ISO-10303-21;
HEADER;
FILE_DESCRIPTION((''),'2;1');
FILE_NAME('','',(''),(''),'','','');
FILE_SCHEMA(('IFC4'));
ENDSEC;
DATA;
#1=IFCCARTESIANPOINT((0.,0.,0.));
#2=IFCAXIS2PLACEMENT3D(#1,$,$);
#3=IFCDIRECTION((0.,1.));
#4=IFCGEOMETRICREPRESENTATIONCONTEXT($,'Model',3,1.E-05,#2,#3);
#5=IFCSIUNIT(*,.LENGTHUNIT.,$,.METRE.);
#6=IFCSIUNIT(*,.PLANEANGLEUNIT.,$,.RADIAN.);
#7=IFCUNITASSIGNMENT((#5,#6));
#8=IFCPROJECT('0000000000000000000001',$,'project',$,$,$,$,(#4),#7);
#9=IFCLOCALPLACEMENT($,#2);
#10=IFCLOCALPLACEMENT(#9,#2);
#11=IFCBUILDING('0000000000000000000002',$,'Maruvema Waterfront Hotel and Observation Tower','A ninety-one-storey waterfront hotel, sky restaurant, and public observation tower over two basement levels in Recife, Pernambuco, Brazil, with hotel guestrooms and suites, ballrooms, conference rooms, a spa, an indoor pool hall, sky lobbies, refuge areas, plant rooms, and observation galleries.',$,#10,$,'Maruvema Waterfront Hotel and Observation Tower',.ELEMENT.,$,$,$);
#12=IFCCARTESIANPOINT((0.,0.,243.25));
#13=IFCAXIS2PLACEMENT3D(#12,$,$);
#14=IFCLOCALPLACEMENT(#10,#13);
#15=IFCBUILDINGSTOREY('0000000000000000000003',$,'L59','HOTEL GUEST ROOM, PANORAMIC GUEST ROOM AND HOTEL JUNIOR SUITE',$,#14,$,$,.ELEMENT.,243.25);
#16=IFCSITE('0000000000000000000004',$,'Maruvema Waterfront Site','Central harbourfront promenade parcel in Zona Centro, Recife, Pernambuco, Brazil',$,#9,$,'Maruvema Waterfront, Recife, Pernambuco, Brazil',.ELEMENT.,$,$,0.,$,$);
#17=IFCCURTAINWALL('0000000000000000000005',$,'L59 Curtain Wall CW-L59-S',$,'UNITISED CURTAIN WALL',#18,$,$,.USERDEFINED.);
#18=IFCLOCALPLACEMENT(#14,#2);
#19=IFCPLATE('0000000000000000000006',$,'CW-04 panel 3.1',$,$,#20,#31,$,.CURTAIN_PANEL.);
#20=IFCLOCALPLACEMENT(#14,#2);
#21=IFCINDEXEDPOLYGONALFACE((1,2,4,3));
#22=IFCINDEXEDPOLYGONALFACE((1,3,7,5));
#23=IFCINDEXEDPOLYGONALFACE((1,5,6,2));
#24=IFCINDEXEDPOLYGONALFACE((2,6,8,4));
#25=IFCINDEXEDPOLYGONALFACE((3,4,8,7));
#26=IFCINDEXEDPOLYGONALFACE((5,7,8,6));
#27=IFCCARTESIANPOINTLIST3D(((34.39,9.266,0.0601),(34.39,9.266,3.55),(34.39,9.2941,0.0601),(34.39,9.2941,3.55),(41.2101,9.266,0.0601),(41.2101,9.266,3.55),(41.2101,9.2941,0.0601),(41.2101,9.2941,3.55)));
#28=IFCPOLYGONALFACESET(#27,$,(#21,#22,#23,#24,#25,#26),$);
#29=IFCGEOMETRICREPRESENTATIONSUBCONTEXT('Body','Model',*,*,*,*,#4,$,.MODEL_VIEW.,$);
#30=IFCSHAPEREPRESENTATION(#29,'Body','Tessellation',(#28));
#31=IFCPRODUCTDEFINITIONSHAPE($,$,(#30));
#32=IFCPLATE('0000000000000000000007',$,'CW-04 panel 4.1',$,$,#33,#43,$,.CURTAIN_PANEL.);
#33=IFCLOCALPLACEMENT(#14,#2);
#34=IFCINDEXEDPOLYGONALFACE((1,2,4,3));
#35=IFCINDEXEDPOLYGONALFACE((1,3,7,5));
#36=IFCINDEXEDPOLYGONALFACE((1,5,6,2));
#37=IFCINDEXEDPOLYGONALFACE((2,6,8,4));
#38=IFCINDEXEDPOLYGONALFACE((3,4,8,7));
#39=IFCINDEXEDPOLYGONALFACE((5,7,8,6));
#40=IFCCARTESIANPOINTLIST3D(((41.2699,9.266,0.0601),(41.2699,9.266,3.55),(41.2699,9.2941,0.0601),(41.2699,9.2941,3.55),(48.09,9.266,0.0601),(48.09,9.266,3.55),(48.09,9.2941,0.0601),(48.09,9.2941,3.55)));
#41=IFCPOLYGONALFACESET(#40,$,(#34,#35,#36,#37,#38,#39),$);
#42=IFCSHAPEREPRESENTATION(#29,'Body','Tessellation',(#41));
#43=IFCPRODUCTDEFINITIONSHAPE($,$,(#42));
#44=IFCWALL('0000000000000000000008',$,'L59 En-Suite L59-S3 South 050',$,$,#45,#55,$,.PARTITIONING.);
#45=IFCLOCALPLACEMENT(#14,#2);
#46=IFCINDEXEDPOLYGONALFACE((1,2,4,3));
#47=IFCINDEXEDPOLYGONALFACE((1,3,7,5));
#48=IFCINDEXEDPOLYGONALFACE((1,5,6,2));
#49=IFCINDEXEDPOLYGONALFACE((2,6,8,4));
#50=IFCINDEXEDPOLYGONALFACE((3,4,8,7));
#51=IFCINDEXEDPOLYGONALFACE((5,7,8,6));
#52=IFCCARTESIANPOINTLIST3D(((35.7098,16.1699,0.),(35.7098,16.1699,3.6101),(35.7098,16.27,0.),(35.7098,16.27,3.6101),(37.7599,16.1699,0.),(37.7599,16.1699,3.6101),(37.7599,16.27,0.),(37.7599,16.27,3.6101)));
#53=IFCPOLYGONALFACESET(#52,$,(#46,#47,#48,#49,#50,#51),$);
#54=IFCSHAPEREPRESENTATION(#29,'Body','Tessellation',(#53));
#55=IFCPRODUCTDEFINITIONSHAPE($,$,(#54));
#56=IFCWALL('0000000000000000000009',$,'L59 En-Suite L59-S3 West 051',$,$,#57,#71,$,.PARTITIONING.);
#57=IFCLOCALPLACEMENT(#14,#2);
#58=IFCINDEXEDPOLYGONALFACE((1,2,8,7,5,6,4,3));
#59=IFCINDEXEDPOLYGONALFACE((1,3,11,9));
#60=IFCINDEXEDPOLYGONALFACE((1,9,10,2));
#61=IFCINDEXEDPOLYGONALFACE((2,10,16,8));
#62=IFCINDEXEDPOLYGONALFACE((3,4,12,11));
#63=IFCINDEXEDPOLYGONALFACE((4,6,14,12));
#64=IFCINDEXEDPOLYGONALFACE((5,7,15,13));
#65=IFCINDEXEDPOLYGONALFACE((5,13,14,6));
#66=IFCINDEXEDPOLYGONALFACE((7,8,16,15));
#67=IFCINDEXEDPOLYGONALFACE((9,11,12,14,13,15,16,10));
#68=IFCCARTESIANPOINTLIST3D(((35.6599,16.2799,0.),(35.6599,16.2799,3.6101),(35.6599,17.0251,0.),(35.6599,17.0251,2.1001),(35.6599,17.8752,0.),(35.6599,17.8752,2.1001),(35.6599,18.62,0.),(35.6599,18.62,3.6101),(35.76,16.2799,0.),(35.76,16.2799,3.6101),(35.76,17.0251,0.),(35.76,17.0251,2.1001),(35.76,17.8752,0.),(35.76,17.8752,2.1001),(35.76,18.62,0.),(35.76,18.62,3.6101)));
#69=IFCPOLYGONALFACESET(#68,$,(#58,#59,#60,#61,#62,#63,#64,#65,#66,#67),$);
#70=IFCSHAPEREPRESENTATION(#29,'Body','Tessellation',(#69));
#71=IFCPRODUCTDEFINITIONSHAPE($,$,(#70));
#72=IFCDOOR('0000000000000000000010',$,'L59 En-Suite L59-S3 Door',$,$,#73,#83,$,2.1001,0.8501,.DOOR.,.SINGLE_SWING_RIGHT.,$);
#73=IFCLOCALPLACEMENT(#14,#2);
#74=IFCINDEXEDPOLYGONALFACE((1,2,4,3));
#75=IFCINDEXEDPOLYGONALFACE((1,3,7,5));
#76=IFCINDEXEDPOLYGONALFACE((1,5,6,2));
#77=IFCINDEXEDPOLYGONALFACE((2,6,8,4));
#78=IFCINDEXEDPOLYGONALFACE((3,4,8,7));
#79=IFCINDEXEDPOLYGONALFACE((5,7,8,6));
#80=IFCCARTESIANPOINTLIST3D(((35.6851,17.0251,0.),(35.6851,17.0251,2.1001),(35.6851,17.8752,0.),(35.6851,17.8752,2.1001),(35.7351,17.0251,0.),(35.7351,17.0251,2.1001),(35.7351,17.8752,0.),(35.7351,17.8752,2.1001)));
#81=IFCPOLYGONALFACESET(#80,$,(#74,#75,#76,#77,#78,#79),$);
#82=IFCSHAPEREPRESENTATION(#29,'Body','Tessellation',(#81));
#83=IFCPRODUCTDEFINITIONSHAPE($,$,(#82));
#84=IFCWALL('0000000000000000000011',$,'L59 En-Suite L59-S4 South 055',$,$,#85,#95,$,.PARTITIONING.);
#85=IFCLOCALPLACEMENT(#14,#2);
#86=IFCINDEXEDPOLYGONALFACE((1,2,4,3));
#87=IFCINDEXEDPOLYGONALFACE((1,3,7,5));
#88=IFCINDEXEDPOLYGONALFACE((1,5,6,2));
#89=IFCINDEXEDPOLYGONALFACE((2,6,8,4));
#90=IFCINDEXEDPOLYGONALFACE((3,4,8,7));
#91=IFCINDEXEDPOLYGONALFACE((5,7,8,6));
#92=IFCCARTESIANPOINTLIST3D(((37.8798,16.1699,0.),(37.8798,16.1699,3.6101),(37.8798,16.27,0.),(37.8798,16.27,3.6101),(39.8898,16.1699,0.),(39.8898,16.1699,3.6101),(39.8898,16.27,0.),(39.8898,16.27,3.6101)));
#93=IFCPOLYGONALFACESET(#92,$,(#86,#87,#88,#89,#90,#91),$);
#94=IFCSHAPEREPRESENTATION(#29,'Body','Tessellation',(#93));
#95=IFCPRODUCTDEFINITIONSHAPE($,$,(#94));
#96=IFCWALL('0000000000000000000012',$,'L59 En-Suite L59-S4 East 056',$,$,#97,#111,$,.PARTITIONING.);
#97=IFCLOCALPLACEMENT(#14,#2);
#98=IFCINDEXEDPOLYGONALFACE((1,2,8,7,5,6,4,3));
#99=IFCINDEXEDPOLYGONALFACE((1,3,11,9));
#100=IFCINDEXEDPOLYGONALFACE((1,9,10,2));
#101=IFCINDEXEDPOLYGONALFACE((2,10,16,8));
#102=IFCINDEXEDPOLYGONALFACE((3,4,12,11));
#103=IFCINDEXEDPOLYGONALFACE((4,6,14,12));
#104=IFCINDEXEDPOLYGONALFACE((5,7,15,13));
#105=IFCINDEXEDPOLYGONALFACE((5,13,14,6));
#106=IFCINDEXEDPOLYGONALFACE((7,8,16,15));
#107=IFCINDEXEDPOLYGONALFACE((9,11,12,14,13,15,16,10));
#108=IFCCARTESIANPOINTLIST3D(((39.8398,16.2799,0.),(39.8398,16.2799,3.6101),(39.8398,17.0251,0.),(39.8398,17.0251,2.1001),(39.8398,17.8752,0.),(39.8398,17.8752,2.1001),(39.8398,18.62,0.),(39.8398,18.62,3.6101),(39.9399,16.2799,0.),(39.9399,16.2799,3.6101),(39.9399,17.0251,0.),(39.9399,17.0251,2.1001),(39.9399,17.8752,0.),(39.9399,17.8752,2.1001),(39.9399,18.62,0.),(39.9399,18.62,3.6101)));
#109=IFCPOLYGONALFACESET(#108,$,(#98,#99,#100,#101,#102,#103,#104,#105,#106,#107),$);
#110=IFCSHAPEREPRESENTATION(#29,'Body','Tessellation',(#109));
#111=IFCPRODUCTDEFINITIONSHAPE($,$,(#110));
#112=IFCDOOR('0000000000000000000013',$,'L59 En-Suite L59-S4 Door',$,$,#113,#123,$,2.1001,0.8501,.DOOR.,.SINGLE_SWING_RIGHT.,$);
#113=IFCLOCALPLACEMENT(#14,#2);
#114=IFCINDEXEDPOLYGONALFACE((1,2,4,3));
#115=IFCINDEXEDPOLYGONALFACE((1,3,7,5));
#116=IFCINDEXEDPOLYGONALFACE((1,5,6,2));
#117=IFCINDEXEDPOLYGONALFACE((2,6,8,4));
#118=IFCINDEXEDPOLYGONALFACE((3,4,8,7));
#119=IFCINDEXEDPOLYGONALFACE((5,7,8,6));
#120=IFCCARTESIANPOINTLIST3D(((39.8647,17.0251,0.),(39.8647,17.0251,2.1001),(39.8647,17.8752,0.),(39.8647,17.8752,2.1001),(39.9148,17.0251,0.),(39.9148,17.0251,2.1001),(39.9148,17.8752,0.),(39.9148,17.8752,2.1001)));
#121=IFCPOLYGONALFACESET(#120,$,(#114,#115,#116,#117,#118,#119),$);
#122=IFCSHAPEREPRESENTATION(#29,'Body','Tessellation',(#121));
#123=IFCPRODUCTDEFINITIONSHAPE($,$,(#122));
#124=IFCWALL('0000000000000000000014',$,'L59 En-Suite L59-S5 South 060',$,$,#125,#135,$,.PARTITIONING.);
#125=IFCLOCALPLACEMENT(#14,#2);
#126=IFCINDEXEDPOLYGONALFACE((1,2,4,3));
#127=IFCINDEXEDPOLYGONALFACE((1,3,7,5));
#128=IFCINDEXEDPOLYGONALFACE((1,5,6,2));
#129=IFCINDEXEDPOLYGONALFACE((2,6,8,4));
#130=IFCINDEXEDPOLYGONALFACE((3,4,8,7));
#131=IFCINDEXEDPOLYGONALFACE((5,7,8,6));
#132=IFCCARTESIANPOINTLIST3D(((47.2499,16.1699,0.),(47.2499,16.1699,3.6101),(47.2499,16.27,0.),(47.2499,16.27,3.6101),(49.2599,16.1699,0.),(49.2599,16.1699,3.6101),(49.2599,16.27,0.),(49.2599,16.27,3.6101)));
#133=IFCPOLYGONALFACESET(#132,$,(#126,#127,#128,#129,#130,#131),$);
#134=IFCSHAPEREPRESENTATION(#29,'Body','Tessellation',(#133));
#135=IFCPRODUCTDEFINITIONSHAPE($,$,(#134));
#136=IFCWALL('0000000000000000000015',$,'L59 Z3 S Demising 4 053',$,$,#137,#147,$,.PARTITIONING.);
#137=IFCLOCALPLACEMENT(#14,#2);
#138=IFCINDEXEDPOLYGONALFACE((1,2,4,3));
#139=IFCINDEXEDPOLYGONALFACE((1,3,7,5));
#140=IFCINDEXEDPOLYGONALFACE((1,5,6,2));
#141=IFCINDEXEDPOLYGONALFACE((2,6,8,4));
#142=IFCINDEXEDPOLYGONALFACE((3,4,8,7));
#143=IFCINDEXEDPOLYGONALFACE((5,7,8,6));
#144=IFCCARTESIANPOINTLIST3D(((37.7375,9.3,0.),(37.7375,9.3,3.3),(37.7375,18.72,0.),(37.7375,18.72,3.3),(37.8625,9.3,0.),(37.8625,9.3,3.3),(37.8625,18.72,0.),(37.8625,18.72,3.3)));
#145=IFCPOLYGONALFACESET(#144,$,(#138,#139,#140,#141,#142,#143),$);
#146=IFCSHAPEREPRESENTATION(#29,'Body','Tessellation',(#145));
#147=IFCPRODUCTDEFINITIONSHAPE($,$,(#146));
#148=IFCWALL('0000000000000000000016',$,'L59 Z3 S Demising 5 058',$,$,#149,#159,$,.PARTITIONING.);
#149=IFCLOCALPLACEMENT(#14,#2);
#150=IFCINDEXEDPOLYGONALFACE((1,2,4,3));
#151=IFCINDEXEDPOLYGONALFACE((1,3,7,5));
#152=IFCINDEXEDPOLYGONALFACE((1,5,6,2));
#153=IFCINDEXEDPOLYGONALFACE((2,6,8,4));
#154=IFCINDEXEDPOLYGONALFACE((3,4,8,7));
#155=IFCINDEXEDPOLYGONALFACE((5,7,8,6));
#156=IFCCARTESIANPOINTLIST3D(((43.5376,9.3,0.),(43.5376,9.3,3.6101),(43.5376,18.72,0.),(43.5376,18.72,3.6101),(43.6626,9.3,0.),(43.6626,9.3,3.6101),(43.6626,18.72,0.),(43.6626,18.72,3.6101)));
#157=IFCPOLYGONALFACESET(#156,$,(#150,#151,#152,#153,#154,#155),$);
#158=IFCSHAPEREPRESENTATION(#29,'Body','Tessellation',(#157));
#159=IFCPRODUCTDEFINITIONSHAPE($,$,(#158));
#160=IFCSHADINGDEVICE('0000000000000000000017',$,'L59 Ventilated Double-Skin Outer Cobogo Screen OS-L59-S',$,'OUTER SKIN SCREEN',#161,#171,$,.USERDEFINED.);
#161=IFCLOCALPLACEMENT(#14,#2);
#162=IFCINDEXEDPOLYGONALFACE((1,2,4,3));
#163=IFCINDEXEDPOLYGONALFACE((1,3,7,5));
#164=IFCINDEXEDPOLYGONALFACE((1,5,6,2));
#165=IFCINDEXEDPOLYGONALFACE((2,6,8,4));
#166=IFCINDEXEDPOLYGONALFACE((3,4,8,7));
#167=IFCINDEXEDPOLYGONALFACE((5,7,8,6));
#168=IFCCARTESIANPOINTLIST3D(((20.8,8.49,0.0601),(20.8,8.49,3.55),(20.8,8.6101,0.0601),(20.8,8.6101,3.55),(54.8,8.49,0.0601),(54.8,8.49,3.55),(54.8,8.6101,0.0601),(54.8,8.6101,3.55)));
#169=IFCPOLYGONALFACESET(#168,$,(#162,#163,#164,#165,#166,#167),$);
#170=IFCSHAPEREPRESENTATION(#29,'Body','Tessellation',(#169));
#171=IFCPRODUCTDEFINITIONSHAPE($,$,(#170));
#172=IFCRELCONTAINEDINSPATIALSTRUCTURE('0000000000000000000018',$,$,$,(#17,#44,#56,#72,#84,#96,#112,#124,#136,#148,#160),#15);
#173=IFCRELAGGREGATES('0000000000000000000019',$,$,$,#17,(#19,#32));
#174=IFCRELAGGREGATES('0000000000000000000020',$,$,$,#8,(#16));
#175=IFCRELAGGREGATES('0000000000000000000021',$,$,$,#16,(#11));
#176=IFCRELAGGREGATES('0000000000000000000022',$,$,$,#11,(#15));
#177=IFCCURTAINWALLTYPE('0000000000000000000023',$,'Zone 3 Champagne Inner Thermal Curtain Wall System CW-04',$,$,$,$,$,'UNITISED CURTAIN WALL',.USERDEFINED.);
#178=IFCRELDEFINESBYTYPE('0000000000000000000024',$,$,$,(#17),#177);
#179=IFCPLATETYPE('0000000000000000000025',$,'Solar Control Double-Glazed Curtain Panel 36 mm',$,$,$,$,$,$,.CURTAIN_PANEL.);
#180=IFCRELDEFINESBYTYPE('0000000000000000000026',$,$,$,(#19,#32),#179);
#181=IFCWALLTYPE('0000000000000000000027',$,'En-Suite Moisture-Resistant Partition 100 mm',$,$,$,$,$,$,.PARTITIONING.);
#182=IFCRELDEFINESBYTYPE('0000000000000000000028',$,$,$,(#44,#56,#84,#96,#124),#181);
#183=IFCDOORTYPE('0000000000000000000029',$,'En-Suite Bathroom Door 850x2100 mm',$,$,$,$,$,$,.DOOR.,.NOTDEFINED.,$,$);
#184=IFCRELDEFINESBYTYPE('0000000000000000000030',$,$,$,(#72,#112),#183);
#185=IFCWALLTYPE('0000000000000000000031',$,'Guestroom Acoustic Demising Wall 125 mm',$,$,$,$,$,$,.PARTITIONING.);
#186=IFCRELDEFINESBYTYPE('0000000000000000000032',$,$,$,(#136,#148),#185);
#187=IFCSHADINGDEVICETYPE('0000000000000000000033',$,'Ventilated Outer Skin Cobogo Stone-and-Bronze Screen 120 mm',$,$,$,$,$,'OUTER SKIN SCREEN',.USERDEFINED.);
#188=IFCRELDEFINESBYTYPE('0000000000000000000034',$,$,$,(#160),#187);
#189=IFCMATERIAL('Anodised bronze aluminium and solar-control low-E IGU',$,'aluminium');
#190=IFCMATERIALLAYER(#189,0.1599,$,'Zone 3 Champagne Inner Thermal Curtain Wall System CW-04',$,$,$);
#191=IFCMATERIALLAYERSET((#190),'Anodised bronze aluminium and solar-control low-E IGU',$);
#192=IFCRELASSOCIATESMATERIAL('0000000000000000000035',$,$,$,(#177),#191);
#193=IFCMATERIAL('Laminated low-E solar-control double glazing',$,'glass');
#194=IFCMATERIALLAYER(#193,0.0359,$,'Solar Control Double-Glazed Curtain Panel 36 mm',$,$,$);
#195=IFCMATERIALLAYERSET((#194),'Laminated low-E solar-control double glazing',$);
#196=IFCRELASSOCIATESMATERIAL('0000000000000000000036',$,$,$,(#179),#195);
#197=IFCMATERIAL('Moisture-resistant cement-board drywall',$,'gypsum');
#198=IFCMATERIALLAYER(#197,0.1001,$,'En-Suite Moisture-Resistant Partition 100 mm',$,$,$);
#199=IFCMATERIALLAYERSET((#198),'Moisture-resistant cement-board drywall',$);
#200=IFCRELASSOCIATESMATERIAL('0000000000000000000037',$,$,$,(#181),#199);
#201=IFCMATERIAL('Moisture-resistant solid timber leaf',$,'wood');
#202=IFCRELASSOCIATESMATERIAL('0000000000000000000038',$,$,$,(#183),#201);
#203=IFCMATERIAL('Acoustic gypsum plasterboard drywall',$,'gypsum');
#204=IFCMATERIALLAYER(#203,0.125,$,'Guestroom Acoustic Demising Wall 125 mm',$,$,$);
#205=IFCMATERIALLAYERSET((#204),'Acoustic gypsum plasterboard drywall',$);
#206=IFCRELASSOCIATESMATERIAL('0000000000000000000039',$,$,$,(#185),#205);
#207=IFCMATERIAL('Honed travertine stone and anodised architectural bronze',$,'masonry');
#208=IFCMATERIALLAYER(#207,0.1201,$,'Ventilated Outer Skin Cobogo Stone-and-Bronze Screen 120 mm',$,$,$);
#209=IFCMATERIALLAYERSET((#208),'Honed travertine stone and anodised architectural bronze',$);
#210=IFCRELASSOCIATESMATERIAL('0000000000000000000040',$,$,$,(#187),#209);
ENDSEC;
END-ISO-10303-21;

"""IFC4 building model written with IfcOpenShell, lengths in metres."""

from ifc_helpers import new_model, si_unit, direction, frame, frame_2d, origin, origin_2d, place, context, subcontext, project, spatial, rectangle, extrude, material, layer, layer_set, type_object, element, fill, aggregate, save


model = new_model("IFC4")

# Units and contexts
model_context = context("Model", 3, precision=1e-05, world=origin(), true_north=direction((0.0, 1.0)))
body_context = subcontext(model_context, "Body", "Model", "MODEL_VIEW")
ifc_project = project(units=[si_unit("LENGTHUNIT", "METRE"), si_unit("PLANEANGLEUNIT", "RADIAN")], contexts=[model_context])

# Site, building, storey
site_placement = place(None, origin())
site = spatial("IfcSite", under=ifc_project, at=site_placement, Name="Maruvema Waterfront Site", Description="Central harbourfront promenade parcel in Zona Centro, Recife, Pernambuco, Brazil", LongName="Maruvema Waterfront, Recife, Pernambuco, Brazil", CompositionType="ELEMENT", RefElevation=0.0)
building_placement = place(site_placement, origin())
building = spatial("IfcBuilding", under=site, at=building_placement, Name="Maruvema Waterfront Hotel and Observation Tower", Description="A ninety-one-storey waterfront hotel, sky restaurant, and public observation tower over two basement levels in Recife, Pernambuco, Brazil, with hotel guestrooms and suites, ballrooms, conference rooms, a spa, an indoor pool hall, sky lobbies, refuge areas, plant rooms, and observation galleries.", LongName="Maruvema Waterfront Hotel and Observation Tower", CompositionType="ELEMENT")
storey_placement = place(building_placement, frame((0.0, 0.0, 243.25)))
storey = spatial("IfcBuildingStorey", under=building, at=storey_placement, Name="L59", Description="HOTEL GUEST ROOM, PANORAMIC GUEST ROOM AND HOTEL JUNIOR SUITE", CompositionType="ELEMENT", Elevation=243.25)

# Curtain wall
ifc_material_1 = material(Name="Anodised bronze aluminium and solar-control low-E IGU", Category="aluminium")
ifc_layer_1 = layer(ifc_material_1, 0.1599, Name="Zone 3 Champagne Inner Thermal Curtain Wall System CW-04")
ifc_layer_set_1 = layer_set([ifc_layer_1], Name="Anodised bronze aluminium and solar-control low-E IGU")
curtain_wall_type = type_object("IfcCurtainWallType", Name="Zone 3 Champagne Inner Thermal Curtain Wall System CW-04", ElementType="UNITISED CURTAIN WALL", PredefinedType="USERDEFINED", material=ifc_layer_set_1)
curtain_wall_placement = place(storey_placement, origin())
curtain_wall = element("IfcCurtainWall", 1, at=curtain_wall_placement, inside=storey, type_object=curtain_wall_type, Name="L59 Curtain Wall CW-L59-S", ObjectType="UNITISED CURTAIN WALL", PredefinedType="USERDEFINED")

# Plates
ifc_material_2 = material(Name="Laminated low-E solar-control double glazing", Category="glass")
ifc_layer_2 = layer(ifc_material_2, 0.0359, Name="Solar Control Double-Glazed Curtain Panel 36 mm")
ifc_layer_set_2 = layer_set([ifc_layer_2], Name="Laminated low-E solar-control double glazing")
plate_type = type_object("IfcPlateType", Name="Solar Control Double-Glazed Curtain Panel 36 mm", PredefinedType="CURTAIN_PANEL", material=ifc_layer_set_2)
plate_1_placement = place(storey_placement, frame((37.8, 9.28, 0.0601), z_axis=(0.0, 0.0, 1.0), x_axis=(1.0, 0.0, 0.0)))
plate_1 = element("IfcPlate", 2, at=plate_1_placement, type_object=plate_type, Name="CW-04 panel 3.1", PredefinedType="CURTAIN_PANEL", context=body_context, shape_type="SweptSolid", body=[
    extrude(rectangle(XDim=6.8201, YDim=0.0281, at=origin_2d()), origin(), (0.0, 0.0, 1.0), 3.49),
])
plate_2_placement = place(storey_placement, frame((44.6799, 9.28, 0.0601), z_axis=(0.0, 0.0, 1.0), x_axis=(1.0, 0.0, 0.0)))
plate_2 = element("IfcPlate", 3, at=plate_2_placement, type_object=plate_type, Name="CW-04 panel 4.1", PredefinedType="CURTAIN_PANEL", context=body_context, shape_type="SweptSolid", body=[
    extrude(rectangle(XDim=6.8201, YDim=0.0281, at=origin_2d()), origin(), (0.0, 0.0, 1.0), 3.49),
])
aggregate(curtain_wall, [plate_1, plate_2])

# Wall
ifc_material_3 = material(Name="Moisture-resistant cement-board drywall", Category="gypsum")
ifc_layer_3 = layer(ifc_material_3, 0.1001, Name="En-Suite Moisture-Resistant Partition 100 mm")
ifc_layer_set_3 = layer_set([ifc_layer_3], Name="Moisture-resistant cement-board drywall")
wall_type_1 = type_object("IfcWallType", Name="En-Suite Moisture-Resistant Partition 100 mm", PredefinedType="PARTITIONING", material=ifc_layer_set_3)
wall_1_placement = place(storey_placement, frame((35.71, 16.22, 0.0), z_axis=(0.0, 0.0, 1.0), x_axis=(1.0, 0.0, 0.0)))
element("IfcWall", 4, at=wall_1_placement, inside=storey, type_object=wall_type_1, Name="L59 En-Suite L59-S3 South 050", PredefinedType="PARTITIONING", context=body_context, shape_type="SweptSolid", body=[
    extrude(rectangle(XDim=2.05, YDim=0.1001, at=frame_2d((1.0249, 0.0))), origin(), (0.0, 0.0, 1.0), 3.6101),
])

# Wall, opening, door
wall_2_placement = place(storey_placement, frame((35.71, 16.28, 0.0), z_axis=(0.0, 0.0, 1.0), x_axis=(0.0, 1.0, 0.0)))
wall_2 = element("IfcWall", 5, at=wall_2_placement, inside=storey, type_object=wall_type_1, Name="L59 En-Suite L59-S3 West 051", PredefinedType="PARTITIONING", context=body_context, shape_type="SweptSolid", body=[
    extrude(rectangle(XDim=2.3401, YDim=0.1001, at=frame_2d((1.1699, 0.0))), origin(), (0.0, 0.0, 1.0), 3.6101),
])
opening_1_placement = place(wall_2_placement, frame((0.7451, 0.0, 0.0)))
opening_1 = element("IfcOpeningElement", 6, at=opening_1_placement, cuts=wall_2, PredefinedType="OPENING", context=body_context, shape_type="SweptSolid", body=[
    extrude(rectangle(XDim=0.8501, YDim=2.1001, at=frame_2d((0.425, 1.05))), frame((0.0, 0.0601, 0.0), z_axis=(0.0, -1.0, 0.0), x_axis=(1.0, 0.0, 0.0)), (0.0, 0.0, 1.0), 0.1201),
])
ifc_material_4 = material(Name="Moisture-resistant solid timber leaf", Category="wood")
door_type = type_object("IfcDoorType", Name="En-Suite Bathroom Door 850x2100 mm", OperationType="NOTDEFINED", PredefinedType="DOOR", material=ifc_material_4)
door_1_placement = place(opening_1_placement, origin())
door_1 = element("IfcDoor", 7, at=door_1_placement, inside=storey, type_object=door_type, Name="L59 En-Suite L59-S3 Door", OperationType="SINGLE_SWING_RIGHT", OverallHeight=2.1001, OverallWidth=0.8501, PredefinedType="DOOR", context=body_context, shape_type="SweptSolid", body=[
    extrude(rectangle(XDim=0.8501, YDim=2.1001, at=frame_2d((0.425, 1.05))), frame((0.0, 0.0249, 0.0), z_axis=(0.0, -1.0, 0.0), x_axis=(1.0, 0.0, 0.0)), (0.0, 0.0, 1.0), 0.05),
])
fill(opening_1, door_1)

# Wall
wall_3_placement = place(storey_placement, frame((37.8799, 16.22, 0.0), z_axis=(0.0, 0.0, 1.0), x_axis=(1.0, 0.0, 0.0)))
element("IfcWall", 8, at=wall_3_placement, inside=storey, type_object=wall_type_1, Name="L59 En-Suite L59-S4 South 055", PredefinedType="PARTITIONING", context=body_context, shape_type="SweptSolid", body=[
    extrude(rectangle(XDim=2.01, YDim=0.1001, at=frame_2d((1.0049, 0.0))), origin(), (0.0, 0.0, 1.0), 3.6101),
])

# Wall, opening, door
wall_4_placement = place(storey_placement, frame((39.8899, 16.28, 0.0), z_axis=(0.0, 0.0, 1.0), x_axis=(0.0, 1.0, 0.0)))
wall_4 = element("IfcWall", 9, at=wall_4_placement, inside=storey, type_object=wall_type_1, Name="L59 En-Suite L59-S4 East 056", PredefinedType="PARTITIONING", context=body_context, shape_type="SweptSolid", body=[
    extrude(rectangle(XDim=2.3401, YDim=0.1001, at=frame_2d((1.1699, 0.0))), origin(), (0.0, 0.0, 1.0), 3.6101),
])
opening_2_placement = place(wall_4_placement, frame((0.7451, 0.0, 0.0)))
opening_2 = element("IfcOpeningElement", 10, at=opening_2_placement, cuts=wall_4, PredefinedType="OPENING", context=body_context, shape_type="SweptSolid", body=[
    extrude(rectangle(XDim=0.8501, YDim=2.1001, at=frame_2d((0.425, 1.05))), frame((0.0, 0.0601, 0.0), z_axis=(0.0, -1.0, 0.0), x_axis=(1.0, 0.0, 0.0)), (0.0, 0.0, 1.0), 0.1201),
])
door_2_placement = place(opening_2_placement, frame((0.8501, 0.0, 0.0), z_axis=(0.0, 0.0, 1.0), x_axis=(-1.0, 0.0, 0.0)))
door_2 = element("IfcDoor", 11, at=door_2_placement, inside=storey, type_object=door_type, Name="L59 En-Suite L59-S4 Door", OperationType="SINGLE_SWING_RIGHT", OverallHeight=2.1001, OverallWidth=0.8501, PredefinedType="DOOR", context=body_context, shape_type="SweptSolid", body=[
    extrude(rectangle(XDim=0.8501, YDim=2.1001, at=frame_2d((0.425, 1.05))), frame((0.0, 0.0249, 0.0), z_axis=(0.0, -1.0, 0.0), x_axis=(1.0, 0.0, 0.0)), (0.0, 0.0, 1.0), 0.05),
])
fill(opening_2, door_2)

# Walls
wall_5_placement = place(storey_placement, frame((47.25, 16.22, 0.0), z_axis=(0.0, 0.0, 1.0), x_axis=(1.0, 0.0, 0.0)))
element("IfcWall", 12, at=wall_5_placement, inside=storey, type_object=wall_type_1, Name="L59 En-Suite L59-S5 South 060", PredefinedType="PARTITIONING", context=body_context, shape_type="SweptSolid", body=[
    extrude(rectangle(XDim=2.01, YDim=0.1001, at=frame_2d((1.0049, 0.0))), origin(), (0.0, 0.0, 1.0), 3.6101),
])
ifc_material_5 = material(Name="Acoustic gypsum plasterboard drywall", Category="gypsum")
ifc_layer_4 = layer(ifc_material_5, 0.125, Name="Guestroom Acoustic Demising Wall 125 mm")
ifc_layer_set_4 = layer_set([ifc_layer_4], Name="Acoustic gypsum plasterboard drywall")
wall_type_2 = type_object("IfcWallType", Name="Guestroom Acoustic Demising Wall 125 mm", PredefinedType="PARTITIONING", material=ifc_layer_set_4)
wall_6_placement = place(storey_placement, frame((37.8, 9.3, 0.0), z_axis=(0.0, 0.0, 1.0), x_axis=(0.0, 1.0, 0.0)))
element("IfcWall", 13, at=wall_6_placement, inside=storey, type_object=wall_type_2, Name="L59 Z3 S Demising 4 053", PredefinedType="PARTITIONING", context=body_context, shape_type="SweptSolid", body=[
    extrude(rectangle(XDim=9.4199, YDim=0.125, at=frame_2d((4.71, 0.0))), origin(), (0.0, 0.0, 1.0), 3.3),
])
wall_7_placement = place(storey_placement, frame((43.6001, 9.3, 0.0), z_axis=(0.0, 0.0, 1.0), x_axis=(0.0, 1.0, 0.0)))
element("IfcWall", 14, at=wall_7_placement, inside=storey, type_object=wall_type_2, Name="L59 Z3 S Demising 5 058", PredefinedType="PARTITIONING", context=body_context, shape_type="SweptSolid", body=[
    extrude(rectangle(XDim=9.4199, YDim=0.125, at=frame_2d((4.71, 0.0))), origin(), (0.0, 0.0, 1.0), 3.6101),
])

# Shading device
ifc_material_6 = material(Name="Honed travertine stone and anodised architectural bronze", Category="masonry")
ifc_layer_5 = layer(ifc_material_6, 0.1201, Name="Ventilated Outer Skin Cobogo Stone-and-Bronze Screen 120 mm")
ifc_layer_set_5 = layer_set([ifc_layer_5], Name="Honed travertine stone and anodised architectural bronze")
shading_device_type = type_object("IfcShadingDeviceType", Name="Ventilated Outer Skin Cobogo Stone-and-Bronze Screen 120 mm", ElementType="OUTER SKIN SCREEN", PredefinedType="USERDEFINED", material=ifc_layer_set_5)
shading_device_placement = place(storey_placement, frame((37.8, 8.55, 0.0601), z_axis=(0.0, 0.0, 1.0), x_axis=(1.0, 0.0, 0.0)))
element("IfcShadingDevice", 15, at=shading_device_placement, inside=storey, type_object=shading_device_type, Name="L59 Ventilated Double-Skin Outer Cobogo Screen OS-L59-S", ObjectType="OUTER SKIN SCREEN", PredefinedType="USERDEFINED", context=body_context, shape_type="SweptSolid", body=[
    extrude(rectangle(XDim=34.0, YDim=0.1201, at=origin_2d()), origin(), (0.0, 0.0, 1.0), 3.49),
])

save(model, "model.ifc")
